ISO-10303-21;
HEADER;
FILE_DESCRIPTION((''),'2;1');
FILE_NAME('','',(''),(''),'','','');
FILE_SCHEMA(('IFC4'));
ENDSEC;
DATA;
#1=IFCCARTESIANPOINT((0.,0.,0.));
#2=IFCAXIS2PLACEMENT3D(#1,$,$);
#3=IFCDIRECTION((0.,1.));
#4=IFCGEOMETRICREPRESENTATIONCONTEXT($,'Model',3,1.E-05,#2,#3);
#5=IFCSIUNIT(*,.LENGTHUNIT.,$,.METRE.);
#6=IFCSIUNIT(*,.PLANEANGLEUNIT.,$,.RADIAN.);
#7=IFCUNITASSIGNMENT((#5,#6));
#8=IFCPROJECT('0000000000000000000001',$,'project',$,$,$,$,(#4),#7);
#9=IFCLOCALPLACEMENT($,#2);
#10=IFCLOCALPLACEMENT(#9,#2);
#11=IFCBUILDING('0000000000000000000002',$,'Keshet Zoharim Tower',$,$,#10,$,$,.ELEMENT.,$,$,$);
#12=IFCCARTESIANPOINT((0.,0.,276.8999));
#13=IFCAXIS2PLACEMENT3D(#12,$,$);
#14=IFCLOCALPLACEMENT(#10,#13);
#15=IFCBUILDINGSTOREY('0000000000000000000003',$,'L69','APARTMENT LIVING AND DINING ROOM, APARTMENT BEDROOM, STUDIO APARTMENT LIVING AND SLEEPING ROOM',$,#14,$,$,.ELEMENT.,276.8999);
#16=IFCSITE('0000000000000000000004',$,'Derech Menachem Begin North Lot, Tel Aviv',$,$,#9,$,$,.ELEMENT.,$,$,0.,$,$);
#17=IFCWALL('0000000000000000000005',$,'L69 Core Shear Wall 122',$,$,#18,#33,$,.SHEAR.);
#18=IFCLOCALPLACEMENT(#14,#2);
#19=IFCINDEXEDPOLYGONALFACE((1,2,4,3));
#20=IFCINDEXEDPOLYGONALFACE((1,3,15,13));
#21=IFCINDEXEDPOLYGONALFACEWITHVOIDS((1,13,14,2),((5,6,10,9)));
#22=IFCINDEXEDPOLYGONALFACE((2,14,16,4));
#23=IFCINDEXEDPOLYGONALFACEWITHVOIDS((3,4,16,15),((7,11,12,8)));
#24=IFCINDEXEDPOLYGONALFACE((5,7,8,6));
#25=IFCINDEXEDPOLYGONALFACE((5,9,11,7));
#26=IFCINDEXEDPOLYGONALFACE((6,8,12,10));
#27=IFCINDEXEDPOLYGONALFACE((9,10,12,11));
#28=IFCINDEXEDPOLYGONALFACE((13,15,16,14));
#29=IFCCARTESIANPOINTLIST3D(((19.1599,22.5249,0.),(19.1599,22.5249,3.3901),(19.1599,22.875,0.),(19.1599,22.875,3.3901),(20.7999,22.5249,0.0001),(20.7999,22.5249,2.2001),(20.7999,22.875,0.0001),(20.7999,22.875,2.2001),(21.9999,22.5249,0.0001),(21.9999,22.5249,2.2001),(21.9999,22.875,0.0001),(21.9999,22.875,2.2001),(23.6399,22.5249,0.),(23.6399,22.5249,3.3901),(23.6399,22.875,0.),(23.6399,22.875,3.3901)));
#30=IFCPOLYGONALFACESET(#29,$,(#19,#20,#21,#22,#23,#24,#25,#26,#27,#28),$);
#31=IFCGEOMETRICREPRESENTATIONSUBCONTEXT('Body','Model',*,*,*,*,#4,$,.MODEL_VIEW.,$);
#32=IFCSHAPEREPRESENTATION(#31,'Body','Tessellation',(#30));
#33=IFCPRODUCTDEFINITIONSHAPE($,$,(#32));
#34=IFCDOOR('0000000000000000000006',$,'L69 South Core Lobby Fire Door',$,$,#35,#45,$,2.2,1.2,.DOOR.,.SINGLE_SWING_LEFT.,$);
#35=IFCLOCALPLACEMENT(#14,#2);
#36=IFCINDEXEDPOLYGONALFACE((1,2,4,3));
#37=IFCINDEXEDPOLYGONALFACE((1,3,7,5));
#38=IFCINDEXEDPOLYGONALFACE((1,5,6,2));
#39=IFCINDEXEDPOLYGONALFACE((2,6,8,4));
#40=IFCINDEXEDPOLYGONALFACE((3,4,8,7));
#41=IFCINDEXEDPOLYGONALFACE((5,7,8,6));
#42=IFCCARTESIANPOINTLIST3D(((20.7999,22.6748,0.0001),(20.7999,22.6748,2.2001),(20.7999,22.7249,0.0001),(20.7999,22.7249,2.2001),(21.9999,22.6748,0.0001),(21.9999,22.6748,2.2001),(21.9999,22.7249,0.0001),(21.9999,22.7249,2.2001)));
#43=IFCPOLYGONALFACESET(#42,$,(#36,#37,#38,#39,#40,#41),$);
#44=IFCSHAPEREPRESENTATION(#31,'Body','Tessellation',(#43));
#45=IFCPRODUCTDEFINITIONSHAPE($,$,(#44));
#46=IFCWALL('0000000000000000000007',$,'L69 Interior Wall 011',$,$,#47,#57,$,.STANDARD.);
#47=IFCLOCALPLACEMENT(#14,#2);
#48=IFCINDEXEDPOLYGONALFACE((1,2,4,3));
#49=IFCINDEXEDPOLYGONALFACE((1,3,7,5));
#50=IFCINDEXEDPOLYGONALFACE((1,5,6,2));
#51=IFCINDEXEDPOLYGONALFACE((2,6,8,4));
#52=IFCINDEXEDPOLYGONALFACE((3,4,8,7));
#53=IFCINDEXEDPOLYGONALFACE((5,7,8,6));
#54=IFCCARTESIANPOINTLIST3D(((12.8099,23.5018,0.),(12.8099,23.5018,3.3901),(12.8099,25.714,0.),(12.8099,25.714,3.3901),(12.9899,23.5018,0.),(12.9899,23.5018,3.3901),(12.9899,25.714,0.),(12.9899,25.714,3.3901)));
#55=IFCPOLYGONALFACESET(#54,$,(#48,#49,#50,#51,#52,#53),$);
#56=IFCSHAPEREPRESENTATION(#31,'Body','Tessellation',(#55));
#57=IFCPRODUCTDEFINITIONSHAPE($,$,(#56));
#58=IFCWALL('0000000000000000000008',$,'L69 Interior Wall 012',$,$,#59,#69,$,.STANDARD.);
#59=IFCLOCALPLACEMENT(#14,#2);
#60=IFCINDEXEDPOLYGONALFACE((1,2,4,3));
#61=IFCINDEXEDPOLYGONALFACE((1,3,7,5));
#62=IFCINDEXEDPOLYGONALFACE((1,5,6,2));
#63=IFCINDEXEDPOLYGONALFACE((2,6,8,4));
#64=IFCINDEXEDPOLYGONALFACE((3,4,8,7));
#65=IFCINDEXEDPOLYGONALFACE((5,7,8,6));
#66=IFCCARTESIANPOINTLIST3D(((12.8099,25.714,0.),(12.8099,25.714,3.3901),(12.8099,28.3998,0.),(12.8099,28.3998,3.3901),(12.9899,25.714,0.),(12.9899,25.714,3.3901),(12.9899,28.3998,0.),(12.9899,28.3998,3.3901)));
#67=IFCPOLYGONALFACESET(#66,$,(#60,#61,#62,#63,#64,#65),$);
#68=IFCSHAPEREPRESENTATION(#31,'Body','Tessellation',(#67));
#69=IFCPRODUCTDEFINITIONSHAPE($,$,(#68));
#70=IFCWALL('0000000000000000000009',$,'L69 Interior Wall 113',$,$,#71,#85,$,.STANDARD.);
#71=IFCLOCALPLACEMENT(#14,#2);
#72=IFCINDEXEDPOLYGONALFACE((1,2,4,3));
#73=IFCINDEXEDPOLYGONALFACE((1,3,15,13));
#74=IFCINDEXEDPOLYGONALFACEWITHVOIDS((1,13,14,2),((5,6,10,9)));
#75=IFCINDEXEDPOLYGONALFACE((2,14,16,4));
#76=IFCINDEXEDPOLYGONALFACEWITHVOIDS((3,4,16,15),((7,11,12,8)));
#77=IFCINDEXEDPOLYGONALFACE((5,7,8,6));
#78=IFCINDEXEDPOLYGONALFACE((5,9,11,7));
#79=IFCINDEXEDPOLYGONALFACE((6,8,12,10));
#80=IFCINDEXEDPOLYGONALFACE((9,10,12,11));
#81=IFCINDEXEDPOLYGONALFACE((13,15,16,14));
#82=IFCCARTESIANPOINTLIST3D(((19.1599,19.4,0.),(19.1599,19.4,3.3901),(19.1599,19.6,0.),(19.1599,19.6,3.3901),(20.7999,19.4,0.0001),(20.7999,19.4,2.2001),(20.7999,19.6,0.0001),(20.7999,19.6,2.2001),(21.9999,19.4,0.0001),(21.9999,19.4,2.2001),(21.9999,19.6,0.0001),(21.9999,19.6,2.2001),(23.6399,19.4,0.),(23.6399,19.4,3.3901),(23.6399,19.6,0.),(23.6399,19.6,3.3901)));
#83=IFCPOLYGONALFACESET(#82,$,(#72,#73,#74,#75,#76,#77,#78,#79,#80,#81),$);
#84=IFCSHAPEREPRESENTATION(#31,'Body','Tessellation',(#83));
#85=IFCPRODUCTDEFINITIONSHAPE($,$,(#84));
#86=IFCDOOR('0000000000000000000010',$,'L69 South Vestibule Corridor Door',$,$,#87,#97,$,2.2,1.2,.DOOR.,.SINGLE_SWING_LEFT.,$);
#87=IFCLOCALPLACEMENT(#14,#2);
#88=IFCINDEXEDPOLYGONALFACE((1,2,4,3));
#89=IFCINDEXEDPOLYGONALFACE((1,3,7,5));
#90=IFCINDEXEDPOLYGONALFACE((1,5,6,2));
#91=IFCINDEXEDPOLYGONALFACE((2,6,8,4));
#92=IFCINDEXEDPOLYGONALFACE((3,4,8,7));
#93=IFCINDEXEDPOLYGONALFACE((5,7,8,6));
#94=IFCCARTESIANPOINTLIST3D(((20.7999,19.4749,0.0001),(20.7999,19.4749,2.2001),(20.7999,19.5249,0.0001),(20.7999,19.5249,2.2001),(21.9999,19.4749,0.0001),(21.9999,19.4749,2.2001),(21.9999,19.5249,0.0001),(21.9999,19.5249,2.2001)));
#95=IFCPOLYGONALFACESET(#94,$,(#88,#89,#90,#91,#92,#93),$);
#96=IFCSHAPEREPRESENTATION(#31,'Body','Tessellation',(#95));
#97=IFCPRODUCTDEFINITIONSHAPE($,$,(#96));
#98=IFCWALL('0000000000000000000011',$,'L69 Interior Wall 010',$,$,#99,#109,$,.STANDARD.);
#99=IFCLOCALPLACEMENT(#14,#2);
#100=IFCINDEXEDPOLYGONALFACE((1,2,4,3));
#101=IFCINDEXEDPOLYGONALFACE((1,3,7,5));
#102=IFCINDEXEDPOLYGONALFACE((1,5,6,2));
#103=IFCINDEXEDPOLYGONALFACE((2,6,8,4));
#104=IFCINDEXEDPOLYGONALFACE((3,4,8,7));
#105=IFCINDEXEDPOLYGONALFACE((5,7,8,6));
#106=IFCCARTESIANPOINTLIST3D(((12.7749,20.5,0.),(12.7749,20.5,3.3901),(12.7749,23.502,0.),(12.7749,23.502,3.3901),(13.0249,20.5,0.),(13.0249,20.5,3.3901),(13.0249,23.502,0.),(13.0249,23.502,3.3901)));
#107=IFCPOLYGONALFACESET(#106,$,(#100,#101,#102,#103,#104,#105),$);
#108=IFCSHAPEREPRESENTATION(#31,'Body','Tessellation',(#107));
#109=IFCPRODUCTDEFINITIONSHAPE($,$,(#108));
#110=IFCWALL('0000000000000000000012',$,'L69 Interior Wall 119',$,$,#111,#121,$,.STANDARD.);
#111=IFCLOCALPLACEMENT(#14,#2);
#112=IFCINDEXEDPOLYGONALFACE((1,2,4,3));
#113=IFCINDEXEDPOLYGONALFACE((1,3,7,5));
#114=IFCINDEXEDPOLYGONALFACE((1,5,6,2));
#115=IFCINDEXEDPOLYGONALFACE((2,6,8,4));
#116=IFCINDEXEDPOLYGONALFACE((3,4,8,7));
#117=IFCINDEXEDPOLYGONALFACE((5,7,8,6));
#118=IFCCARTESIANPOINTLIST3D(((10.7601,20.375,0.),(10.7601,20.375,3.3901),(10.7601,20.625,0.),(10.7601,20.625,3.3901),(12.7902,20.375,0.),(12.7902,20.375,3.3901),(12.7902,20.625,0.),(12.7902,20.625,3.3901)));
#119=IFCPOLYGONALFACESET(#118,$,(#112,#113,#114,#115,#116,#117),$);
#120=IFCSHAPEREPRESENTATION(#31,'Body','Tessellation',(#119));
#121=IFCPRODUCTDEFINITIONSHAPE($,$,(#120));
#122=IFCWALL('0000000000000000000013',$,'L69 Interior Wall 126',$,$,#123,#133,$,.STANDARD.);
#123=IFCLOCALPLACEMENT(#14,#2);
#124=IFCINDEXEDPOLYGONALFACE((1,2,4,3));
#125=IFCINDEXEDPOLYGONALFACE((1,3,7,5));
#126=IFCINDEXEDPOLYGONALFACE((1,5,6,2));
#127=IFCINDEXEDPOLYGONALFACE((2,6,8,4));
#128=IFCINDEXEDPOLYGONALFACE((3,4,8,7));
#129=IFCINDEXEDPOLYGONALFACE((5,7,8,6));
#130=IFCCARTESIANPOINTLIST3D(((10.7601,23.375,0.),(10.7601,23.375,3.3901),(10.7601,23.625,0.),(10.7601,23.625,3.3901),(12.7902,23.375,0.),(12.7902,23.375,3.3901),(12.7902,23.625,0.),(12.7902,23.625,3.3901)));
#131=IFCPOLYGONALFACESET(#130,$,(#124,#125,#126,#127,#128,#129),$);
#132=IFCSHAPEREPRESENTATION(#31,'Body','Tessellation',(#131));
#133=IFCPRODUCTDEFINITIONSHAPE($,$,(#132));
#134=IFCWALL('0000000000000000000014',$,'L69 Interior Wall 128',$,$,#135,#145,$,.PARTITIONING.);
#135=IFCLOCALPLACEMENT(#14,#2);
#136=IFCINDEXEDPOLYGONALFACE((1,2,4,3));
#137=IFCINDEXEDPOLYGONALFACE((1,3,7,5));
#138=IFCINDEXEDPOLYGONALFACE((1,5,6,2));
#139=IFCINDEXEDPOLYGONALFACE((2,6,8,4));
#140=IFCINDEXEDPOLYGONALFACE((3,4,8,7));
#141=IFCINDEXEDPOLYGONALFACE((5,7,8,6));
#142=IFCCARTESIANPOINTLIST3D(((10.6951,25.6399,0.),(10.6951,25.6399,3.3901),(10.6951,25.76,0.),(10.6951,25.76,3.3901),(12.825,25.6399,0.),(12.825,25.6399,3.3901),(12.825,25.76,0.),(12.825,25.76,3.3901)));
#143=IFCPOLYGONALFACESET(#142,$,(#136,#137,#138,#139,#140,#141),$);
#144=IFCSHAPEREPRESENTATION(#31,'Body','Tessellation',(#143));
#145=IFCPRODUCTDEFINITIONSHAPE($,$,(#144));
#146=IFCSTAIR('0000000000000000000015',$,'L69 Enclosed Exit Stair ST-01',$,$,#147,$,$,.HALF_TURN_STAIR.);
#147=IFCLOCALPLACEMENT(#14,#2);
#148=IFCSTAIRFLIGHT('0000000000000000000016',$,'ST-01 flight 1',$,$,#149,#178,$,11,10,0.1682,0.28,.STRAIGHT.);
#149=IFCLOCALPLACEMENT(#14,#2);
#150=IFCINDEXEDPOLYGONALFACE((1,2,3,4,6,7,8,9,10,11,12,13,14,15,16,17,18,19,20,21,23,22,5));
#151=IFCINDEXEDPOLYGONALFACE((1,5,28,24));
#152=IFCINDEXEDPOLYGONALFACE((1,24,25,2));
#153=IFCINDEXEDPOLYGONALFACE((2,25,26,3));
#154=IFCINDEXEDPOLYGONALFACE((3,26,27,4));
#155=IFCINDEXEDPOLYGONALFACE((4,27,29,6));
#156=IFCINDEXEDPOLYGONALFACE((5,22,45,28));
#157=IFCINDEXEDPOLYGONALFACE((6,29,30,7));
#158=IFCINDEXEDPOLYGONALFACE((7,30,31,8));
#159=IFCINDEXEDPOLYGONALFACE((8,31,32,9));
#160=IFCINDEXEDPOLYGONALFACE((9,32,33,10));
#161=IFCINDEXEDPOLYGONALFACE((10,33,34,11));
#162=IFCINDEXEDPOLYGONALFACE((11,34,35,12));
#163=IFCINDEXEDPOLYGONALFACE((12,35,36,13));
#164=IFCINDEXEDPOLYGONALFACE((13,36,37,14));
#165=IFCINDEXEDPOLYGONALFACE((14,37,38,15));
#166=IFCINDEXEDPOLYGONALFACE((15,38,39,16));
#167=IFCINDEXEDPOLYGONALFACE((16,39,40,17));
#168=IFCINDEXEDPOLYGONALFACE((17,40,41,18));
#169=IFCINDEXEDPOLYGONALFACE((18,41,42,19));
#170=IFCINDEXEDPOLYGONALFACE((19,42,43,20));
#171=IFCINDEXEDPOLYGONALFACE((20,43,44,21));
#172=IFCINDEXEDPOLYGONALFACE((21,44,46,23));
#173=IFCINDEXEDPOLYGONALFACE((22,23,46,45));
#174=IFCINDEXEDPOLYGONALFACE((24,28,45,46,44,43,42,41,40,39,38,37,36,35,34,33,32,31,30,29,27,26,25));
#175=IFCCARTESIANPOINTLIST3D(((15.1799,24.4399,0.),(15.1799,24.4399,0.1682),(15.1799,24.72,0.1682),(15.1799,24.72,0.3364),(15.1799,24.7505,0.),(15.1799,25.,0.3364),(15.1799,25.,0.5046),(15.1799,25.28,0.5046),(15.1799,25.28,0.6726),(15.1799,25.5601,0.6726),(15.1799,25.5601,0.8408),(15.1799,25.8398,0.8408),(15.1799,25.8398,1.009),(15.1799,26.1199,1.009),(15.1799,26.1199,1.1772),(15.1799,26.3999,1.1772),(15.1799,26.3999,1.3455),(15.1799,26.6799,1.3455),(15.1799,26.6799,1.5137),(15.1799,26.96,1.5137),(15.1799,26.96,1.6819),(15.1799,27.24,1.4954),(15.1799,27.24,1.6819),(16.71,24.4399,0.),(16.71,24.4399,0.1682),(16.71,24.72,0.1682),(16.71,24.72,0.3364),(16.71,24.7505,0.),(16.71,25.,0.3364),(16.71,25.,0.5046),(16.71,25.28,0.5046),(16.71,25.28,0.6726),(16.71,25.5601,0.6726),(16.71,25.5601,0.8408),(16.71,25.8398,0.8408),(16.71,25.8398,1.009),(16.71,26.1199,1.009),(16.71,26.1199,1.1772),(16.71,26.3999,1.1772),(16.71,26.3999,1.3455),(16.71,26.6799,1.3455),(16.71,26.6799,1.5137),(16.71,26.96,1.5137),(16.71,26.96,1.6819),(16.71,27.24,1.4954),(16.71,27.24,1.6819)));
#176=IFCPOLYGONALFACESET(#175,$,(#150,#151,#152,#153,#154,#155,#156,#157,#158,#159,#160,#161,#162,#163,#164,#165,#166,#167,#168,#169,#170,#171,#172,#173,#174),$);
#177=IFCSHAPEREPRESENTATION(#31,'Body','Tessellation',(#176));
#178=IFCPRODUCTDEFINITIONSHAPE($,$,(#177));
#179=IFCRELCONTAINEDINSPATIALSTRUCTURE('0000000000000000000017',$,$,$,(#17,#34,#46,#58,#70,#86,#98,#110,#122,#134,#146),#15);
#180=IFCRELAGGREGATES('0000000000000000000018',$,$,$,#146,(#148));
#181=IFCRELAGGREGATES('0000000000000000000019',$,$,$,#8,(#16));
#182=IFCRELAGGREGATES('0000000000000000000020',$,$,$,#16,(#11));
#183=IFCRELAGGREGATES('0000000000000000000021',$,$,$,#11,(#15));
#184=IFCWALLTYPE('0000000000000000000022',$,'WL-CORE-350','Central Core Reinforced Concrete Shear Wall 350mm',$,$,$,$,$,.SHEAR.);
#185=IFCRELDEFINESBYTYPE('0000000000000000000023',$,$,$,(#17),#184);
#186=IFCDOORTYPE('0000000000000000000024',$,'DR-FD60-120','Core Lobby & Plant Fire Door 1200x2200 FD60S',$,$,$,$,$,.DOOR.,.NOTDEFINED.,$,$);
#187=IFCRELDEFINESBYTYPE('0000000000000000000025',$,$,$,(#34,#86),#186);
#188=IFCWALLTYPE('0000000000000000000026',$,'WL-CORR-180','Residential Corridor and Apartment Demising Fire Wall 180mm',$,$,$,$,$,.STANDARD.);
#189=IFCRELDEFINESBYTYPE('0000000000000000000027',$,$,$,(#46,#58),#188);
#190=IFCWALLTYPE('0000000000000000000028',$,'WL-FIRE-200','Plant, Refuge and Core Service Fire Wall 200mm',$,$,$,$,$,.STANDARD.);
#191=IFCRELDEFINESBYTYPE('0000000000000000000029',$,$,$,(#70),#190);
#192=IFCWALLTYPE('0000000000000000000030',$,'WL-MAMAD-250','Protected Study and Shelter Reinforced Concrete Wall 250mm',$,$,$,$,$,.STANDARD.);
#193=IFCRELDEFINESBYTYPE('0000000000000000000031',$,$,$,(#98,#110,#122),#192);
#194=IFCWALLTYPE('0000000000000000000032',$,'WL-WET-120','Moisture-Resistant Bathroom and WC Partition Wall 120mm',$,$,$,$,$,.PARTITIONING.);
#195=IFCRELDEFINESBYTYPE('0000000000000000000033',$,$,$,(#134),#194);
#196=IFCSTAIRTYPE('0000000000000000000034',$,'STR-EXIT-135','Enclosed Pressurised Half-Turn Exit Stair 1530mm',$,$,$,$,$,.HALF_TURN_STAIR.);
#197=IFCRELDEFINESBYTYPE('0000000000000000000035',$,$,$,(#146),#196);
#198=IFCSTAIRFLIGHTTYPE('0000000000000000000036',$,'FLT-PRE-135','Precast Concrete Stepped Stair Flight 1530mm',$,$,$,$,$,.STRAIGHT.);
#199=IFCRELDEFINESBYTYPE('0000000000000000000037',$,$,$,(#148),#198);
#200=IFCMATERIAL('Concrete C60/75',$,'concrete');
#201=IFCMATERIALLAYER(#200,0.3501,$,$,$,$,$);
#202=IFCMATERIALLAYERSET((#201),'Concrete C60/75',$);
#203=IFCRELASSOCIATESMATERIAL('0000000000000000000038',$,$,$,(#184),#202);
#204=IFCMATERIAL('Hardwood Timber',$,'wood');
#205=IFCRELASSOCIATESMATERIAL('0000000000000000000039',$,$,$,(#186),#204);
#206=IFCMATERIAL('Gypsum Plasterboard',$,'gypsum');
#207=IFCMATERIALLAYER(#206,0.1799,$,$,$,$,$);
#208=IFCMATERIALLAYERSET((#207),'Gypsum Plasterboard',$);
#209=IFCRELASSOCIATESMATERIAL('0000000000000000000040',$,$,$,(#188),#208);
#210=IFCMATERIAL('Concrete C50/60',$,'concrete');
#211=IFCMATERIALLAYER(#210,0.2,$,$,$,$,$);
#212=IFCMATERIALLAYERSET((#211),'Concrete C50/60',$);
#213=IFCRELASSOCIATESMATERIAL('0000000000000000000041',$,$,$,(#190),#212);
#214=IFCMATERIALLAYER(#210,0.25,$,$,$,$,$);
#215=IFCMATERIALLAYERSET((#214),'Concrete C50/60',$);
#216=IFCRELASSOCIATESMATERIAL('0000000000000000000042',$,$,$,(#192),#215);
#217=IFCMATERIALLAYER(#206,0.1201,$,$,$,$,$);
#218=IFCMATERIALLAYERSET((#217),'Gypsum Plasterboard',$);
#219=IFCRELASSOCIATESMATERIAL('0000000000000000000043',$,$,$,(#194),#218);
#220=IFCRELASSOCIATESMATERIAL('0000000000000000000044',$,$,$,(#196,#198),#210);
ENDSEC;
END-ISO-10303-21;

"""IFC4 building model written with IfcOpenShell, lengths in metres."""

from ifc_helpers import new_model, si_unit, direction, frame, frame_2d, origin, place, context, subcontext, project, spatial, polyline, rectangle, outline, extrude, material, layer, layer_set, type_object, element, fill, aggregate, save


model = new_model("IFC4")

# Units and contexts
model_context = context("Model", 3, precision=1e-05, world=origin(), true_north=direction((0.0, 1.0)))
body_context = subcontext(model_context, "Body", "Model", "MODEL_VIEW")
ifc_project = project(units=[si_unit("LENGTHUNIT", "METRE"), si_unit("PLANEANGLEUNIT", "RADIAN")], contexts=[model_context])

# Site, building, storey
site_placement = place(None, origin())
site = spatial("IfcSite", under=ifc_project, at=site_placement, Name="Derech Menachem Begin North Lot, Tel Aviv", CompositionType="ELEMENT", RefElevation=0.0)
building_placement = place(site_placement, origin())
building = spatial("IfcBuilding", under=site, at=building_placement, Name="Keshet Zoharim Tower", CompositionType="ELEMENT")
storey_placement = place(building_placement, frame((0.0, 0.0, 276.8999)))
storey = spatial("IfcBuildingStorey", under=building, at=storey_placement, Name="L69", Description="APARTMENT LIVING AND DINING ROOM, APARTMENT BEDROOM, STUDIO APARTMENT LIVING AND SLEEPING ROOM", CompositionType="ELEMENT", Elevation=276.8999)

# Shared definitions
ifc_material_1 = material(Name="Concrete C50/60", Category="concrete")

# Shared definitions
ifc_material_2 = material(Name="Concrete C60/75", Category="concrete")
ifc_layer_1 = layer(ifc_material_2, 0.3501)
ifc_layer_set_1 = layer_set([ifc_layer_1], Name="Concrete C60/75")
wall_type_1 = type_object("IfcWallType", Name="WL-CORE-350", Description="Central Core Reinforced Concrete Shear Wall 350mm", PredefinedType="SHEAR", material=ifc_layer_set_1)

# Shared definitions
ifc_material_3 = material(Name="Hardwood Timber", Category="wood")

# Wall, opening, door
wall_1_placement = place(storey_placement, frame((19.1599, 22.7, 0.0), z_axis=(0.0, 0.0, 1.0), x_axis=(1.0, 0.0, 0.0)))
wall_1 = element("IfcWall", 1, at=wall_1_placement, inside=storey, type_object=wall_type_1, Name="L69 Core Shear Wall 122", PredefinedType="SHEAR", context=body_context, shape_type="SweptSolid", body=[
    extrude(rectangle(XDim=4.48, YDim=0.3501, at=frame_2d((2.24, 0.0))), origin(), (0.0, 0.0, 1.0), 3.3901),
])
opening_1_placement = place(wall_1_placement, frame((1.6399, 0.0, 0.0)))
opening_1 = element("IfcOpeningElement", 2, at=opening_1_placement, cuts=wall_1, PredefinedType="OPENING", context=body_context, shape_type="SweptSolid", body=[
    extrude(rectangle(XDim=1.2, YDim=2.2, at=frame_2d((0.6001, 1.1001))), frame((0.0, 0.1851, 0.0), z_axis=(0.0, -1.0, 0.0), x_axis=(1.0, 0.0, 0.0)), (0.0, 0.0, 1.0), 0.3701),
])
door_type_1 = type_object("IfcDoorType", Name="DR-FD60-120", Description="Core Lobby & Plant Fire Door 1200x2200 FD60S", OperationType="NOTDEFINED", PredefinedType="DOOR", material=ifc_material_3)
door_1_placement = place(opening_1_placement, origin())
door_1 = element("IfcDoor", 3, at=door_1_placement, inside=storey, type_object=door_type_1, Name="L69 South Core Lobby Fire Door", OperationType="SINGLE_SWING_LEFT", OverallHeight=2.2, OverallWidth=1.2, PredefinedType="DOOR", context=body_context, shape_type="SweptSolid", body=[
    extrude(rectangle(XDim=1.2, YDim=2.2, at=frame_2d((0.6001, 1.1001))), frame((0.0, 0.0249, 0.0), z_axis=(0.0, -1.0, 0.0), x_axis=(1.0, 0.0, 0.0)), (0.0, 0.0, 1.0), 0.05),
])
fill(opening_1, door_1)

# Walls
ifc_material_4 = material(Name="Gypsum Plasterboard", Category="gypsum")
ifc_layer_2 = layer(ifc_material_4, 0.1799)
ifc_layer_set_2 = layer_set([ifc_layer_2], Name="Gypsum Plasterboard")
wall_type_2 = type_object("IfcWallType", Name="WL-CORR-180", Description="Residential Corridor and Apartment Demising Fire Wall 180mm", PredefinedType="STANDARD", material=ifc_layer_set_2)
wall_2_placement = place(storey_placement, frame((12.8999, 23.502, 0.0), z_axis=(0.0, 0.0, 1.0), x_axis=(0.0, 1.0, 0.0)))
element("IfcWall", 4, at=wall_2_placement, inside=storey, type_object=wall_type_2, Name="L69 Interior Wall 011", PredefinedType="STANDARD", context=body_context, shape_type="SweptSolid", body=[
    extrude(rectangle(XDim=2.2122, YDim=0.1799, at=frame_2d((1.106, 0.0))), origin(), (0.0, 0.0, 1.0), 3.3901),
])
wall_3_placement = place(storey_placement, frame((12.8999, 25.7141, 0.0), z_axis=(0.0, 0.0, 1.0), x_axis=(0.0, 1.0, 0.0)))
element("IfcWall", 5, at=wall_3_placement, inside=storey, type_object=wall_type_2, Name="L69 Interior Wall 012", PredefinedType="STANDARD", context=body_context, shape_type="SweptSolid", body=[
    extrude(rectangle(XDim=2.6858, YDim=0.1799, at=frame_2d((1.3428, 0.0))), origin(), (0.0, 0.0, 1.0), 3.3901),
])

# Wall, opening, door
ifc_layer_3 = layer(ifc_material_1, 0.2)
ifc_layer_set_3 = layer_set([ifc_layer_3], Name="Concrete C50/60")
wall_type_3 = type_object("IfcWallType", Name="WL-FIRE-200", Description="Plant, Refuge and Core Service Fire Wall 200mm", PredefinedType="STANDARD", material=ifc_layer_set_3)
wall_4_placement = place(storey_placement, frame((19.1599, 19.5, 0.0), z_axis=(0.0, 0.0, 1.0), x_axis=(1.0, 0.0, 0.0)))
wall_4 = element("IfcWall", 6, at=wall_4_placement, inside=storey, type_object=wall_type_3, Name="L69 Interior Wall 113", PredefinedType="STANDARD", context=body_context, shape_type="SweptSolid", body=[
    extrude(rectangle(XDim=4.48, YDim=0.2, at=frame_2d((2.24, 0.0))), origin(), (0.0, 0.0, 1.0), 3.3901),
])
opening_2_placement = place(wall_4_placement, frame((1.6399, 0.0, 0.0)))
opening_2 = element("IfcOpeningElement", 7, at=opening_2_placement, cuts=wall_4, PredefinedType="OPENING", context=body_context, shape_type="SweptSolid", body=[
    extrude(rectangle(XDim=1.2, YDim=2.2, at=frame_2d((0.6001, 1.1001))), frame((0.0, 0.1099, 0.0), z_axis=(0.0, -1.0, 0.0), x_axis=(1.0, 0.0, 0.0)), (0.0, 0.0, 1.0), 0.22),
])
door_2_placement = place(opening_2_placement, origin())
door_2 = element("IfcDoor", 8, at=door_2_placement, inside=storey, type_object=door_type_1, Name="L69 South Vestibule Corridor Door", OperationType="SINGLE_SWING_LEFT", OverallHeight=2.2, OverallWidth=1.2, PredefinedType="DOOR", context=body_context, shape_type="SweptSolid", body=[
    extrude(rectangle(XDim=1.2, YDim=2.2, at=frame_2d((0.6001, 1.1001))), frame((0.0, 0.0249, 0.0), z_axis=(0.0, -1.0, 0.0), x_axis=(1.0, 0.0, 0.0)), (0.0, 0.0, 1.0), 0.05),
])
fill(opening_2, door_2)

# Walls
ifc_layer_4 = layer(ifc_material_1, 0.25)
ifc_layer_set_4 = layer_set([ifc_layer_4], Name="Concrete C50/60")
wall_type_4 = type_object("IfcWallType", Name="WL-MAMAD-250", Description="Protected Study and Shelter Reinforced Concrete Wall 250mm", PredefinedType="STANDARD", material=ifc_layer_set_4)
wall_5_placement = place(storey_placement, frame((12.8999, 20.5, 0.0), z_axis=(0.0, 0.0, 1.0), x_axis=(0.0, 1.0, 0.0)))
element("IfcWall", 9, at=wall_5_placement, inside=storey, type_object=wall_type_4, Name="L69 Interior Wall 010", PredefinedType="STANDARD", context=body_context, shape_type="SweptSolid", body=[
    extrude(rectangle(XDim=3.002, YDim=0.25, at=frame_2d((1.501, 0.0))), origin(), (0.0, 0.0, 1.0), 3.3901),
])
for number, where, z_axis, x_axis, name in (
    (10, (10.76, 20.5, 0.0), (0.0, 0.0, 1.0), (1.0, 0.0, 0.0), "L69 Interior Wall 119"),
    (11, (10.76, 23.5, 0.0), (0.0, 0.0, 1.0), (1.0, 0.0, 0.0), "L69 Interior Wall 126"),
):
    element("IfcWall", number, at=place(storey_placement, frame(where, z_axis=z_axis, x_axis=x_axis)), inside=storey, type_object=wall_type_4, Name=name, PredefinedType="STANDARD", context=body_context, shape_type="SweptSolid", body=[
        extrude(rectangle(XDim=2.03, YDim=0.25, at=frame_2d((1.0151, 0.0))), origin(), (0.0, 0.0, 1.0), 3.3901),
    ])
ifc_layer_5 = layer(ifc_material_4, 0.1201)
ifc_layer_set_5 = layer_set([ifc_layer_5], Name="Gypsum Plasterboard")
wall_type_5 = type_object("IfcWallType", Name="WL-WET-120", Description="Moisture-Resistant Bathroom and WC Partition Wall 120mm", PredefinedType="PARTITIONING", material=ifc_layer_set_5)
wall_6_placement = place(storey_placement, frame((10.6951, 25.7, 0.0), z_axis=(0.0, 0.0, 1.0), x_axis=(1.0, 0.0, 0.0)))
element("IfcWall", 12, at=wall_6_placement, inside=storey, type_object=wall_type_5, Name="L69 Interior Wall 128", PredefinedType="PARTITIONING", context=body_context, shape_type="SweptSolid", body=[
    extrude(rectangle(XDim=2.1299, YDim=0.1201, at=frame_2d((1.0649, 0.0))), origin(), (0.0, 0.0, 1.0), 3.3901),
])

# Stair, stair flight
stair_type = type_object("IfcStairType", Name="STR-EXIT-135", Description="Enclosed Pressurised Half-Turn Exit Stair 1530mm", PredefinedType="HALF_TURN_STAIR", material=ifc_material_1)
stair_placement = place(storey_placement, origin())
stair = element("IfcStair", 13, at=stair_placement, inside=storey, type_object=stair_type, Name="L69 Enclosed Exit Stair ST-01", PredefinedType="HALF_TURN_STAIR")
stair_flight_type = type_object("IfcStairFlightType", Name="FLT-PRE-135", Description="Precast Concrete Stepped Stair Flight 1530mm", PredefinedType="STRAIGHT", material=ifc_material_1)
stair_flight_1_placement = place(storey_placement, frame((15.9451, 24.4399, 0.0), z_axis=(0.0, 0.0, 1.0), x_axis=(0.0, 1.0, 0.0)))
stair_flight_1 = element("IfcStairFlight", 14, at=stair_flight_1_placement, type_object=stair_flight_type, Name="ST-01 flight 1", NumberOfRisers=11, NumberOfTreads=10, PredefinedType="STRAIGHT", RiserHeight=0.1682, TreadLength=0.28, context=body_context, shape_type="SweptSolid", body=[
    extrude(outline(polyline([(0.0, 0.0), (0.0, 0.1682), (0.28, 0.1682), (0.28, 0.3364), (0.5601, 0.3364), (0.5601, 0.5046), (0.8401, 0.5046), (0.8401, 0.6726), (1.1201, 0.6726), (1.1201, 0.8408), (1.3999, 0.8408), (1.3999, 1.009), (1.6799, 1.009), (1.6799, 1.1772), (1.96, 1.1772), (1.96, 1.3455), (2.24, 1.3455), (2.24, 1.5137), (2.52, 1.5137), (2.52, 1.6819), (2.8, 1.6819), (2.8, 1.8501), (2.8, 1.4954), (0.3105, 0.0), (0.0, 0.0)])), frame((0.0, 0.7651, 0.0), z_axis=(0.0, -1.0, 0.0), x_axis=(1.0, 0.0, 0.0)), (0.0, 0.0, 1.0), 1.53),
])
aggregate(stair, [stair_flight_1])

save(model, "model.ifc")
